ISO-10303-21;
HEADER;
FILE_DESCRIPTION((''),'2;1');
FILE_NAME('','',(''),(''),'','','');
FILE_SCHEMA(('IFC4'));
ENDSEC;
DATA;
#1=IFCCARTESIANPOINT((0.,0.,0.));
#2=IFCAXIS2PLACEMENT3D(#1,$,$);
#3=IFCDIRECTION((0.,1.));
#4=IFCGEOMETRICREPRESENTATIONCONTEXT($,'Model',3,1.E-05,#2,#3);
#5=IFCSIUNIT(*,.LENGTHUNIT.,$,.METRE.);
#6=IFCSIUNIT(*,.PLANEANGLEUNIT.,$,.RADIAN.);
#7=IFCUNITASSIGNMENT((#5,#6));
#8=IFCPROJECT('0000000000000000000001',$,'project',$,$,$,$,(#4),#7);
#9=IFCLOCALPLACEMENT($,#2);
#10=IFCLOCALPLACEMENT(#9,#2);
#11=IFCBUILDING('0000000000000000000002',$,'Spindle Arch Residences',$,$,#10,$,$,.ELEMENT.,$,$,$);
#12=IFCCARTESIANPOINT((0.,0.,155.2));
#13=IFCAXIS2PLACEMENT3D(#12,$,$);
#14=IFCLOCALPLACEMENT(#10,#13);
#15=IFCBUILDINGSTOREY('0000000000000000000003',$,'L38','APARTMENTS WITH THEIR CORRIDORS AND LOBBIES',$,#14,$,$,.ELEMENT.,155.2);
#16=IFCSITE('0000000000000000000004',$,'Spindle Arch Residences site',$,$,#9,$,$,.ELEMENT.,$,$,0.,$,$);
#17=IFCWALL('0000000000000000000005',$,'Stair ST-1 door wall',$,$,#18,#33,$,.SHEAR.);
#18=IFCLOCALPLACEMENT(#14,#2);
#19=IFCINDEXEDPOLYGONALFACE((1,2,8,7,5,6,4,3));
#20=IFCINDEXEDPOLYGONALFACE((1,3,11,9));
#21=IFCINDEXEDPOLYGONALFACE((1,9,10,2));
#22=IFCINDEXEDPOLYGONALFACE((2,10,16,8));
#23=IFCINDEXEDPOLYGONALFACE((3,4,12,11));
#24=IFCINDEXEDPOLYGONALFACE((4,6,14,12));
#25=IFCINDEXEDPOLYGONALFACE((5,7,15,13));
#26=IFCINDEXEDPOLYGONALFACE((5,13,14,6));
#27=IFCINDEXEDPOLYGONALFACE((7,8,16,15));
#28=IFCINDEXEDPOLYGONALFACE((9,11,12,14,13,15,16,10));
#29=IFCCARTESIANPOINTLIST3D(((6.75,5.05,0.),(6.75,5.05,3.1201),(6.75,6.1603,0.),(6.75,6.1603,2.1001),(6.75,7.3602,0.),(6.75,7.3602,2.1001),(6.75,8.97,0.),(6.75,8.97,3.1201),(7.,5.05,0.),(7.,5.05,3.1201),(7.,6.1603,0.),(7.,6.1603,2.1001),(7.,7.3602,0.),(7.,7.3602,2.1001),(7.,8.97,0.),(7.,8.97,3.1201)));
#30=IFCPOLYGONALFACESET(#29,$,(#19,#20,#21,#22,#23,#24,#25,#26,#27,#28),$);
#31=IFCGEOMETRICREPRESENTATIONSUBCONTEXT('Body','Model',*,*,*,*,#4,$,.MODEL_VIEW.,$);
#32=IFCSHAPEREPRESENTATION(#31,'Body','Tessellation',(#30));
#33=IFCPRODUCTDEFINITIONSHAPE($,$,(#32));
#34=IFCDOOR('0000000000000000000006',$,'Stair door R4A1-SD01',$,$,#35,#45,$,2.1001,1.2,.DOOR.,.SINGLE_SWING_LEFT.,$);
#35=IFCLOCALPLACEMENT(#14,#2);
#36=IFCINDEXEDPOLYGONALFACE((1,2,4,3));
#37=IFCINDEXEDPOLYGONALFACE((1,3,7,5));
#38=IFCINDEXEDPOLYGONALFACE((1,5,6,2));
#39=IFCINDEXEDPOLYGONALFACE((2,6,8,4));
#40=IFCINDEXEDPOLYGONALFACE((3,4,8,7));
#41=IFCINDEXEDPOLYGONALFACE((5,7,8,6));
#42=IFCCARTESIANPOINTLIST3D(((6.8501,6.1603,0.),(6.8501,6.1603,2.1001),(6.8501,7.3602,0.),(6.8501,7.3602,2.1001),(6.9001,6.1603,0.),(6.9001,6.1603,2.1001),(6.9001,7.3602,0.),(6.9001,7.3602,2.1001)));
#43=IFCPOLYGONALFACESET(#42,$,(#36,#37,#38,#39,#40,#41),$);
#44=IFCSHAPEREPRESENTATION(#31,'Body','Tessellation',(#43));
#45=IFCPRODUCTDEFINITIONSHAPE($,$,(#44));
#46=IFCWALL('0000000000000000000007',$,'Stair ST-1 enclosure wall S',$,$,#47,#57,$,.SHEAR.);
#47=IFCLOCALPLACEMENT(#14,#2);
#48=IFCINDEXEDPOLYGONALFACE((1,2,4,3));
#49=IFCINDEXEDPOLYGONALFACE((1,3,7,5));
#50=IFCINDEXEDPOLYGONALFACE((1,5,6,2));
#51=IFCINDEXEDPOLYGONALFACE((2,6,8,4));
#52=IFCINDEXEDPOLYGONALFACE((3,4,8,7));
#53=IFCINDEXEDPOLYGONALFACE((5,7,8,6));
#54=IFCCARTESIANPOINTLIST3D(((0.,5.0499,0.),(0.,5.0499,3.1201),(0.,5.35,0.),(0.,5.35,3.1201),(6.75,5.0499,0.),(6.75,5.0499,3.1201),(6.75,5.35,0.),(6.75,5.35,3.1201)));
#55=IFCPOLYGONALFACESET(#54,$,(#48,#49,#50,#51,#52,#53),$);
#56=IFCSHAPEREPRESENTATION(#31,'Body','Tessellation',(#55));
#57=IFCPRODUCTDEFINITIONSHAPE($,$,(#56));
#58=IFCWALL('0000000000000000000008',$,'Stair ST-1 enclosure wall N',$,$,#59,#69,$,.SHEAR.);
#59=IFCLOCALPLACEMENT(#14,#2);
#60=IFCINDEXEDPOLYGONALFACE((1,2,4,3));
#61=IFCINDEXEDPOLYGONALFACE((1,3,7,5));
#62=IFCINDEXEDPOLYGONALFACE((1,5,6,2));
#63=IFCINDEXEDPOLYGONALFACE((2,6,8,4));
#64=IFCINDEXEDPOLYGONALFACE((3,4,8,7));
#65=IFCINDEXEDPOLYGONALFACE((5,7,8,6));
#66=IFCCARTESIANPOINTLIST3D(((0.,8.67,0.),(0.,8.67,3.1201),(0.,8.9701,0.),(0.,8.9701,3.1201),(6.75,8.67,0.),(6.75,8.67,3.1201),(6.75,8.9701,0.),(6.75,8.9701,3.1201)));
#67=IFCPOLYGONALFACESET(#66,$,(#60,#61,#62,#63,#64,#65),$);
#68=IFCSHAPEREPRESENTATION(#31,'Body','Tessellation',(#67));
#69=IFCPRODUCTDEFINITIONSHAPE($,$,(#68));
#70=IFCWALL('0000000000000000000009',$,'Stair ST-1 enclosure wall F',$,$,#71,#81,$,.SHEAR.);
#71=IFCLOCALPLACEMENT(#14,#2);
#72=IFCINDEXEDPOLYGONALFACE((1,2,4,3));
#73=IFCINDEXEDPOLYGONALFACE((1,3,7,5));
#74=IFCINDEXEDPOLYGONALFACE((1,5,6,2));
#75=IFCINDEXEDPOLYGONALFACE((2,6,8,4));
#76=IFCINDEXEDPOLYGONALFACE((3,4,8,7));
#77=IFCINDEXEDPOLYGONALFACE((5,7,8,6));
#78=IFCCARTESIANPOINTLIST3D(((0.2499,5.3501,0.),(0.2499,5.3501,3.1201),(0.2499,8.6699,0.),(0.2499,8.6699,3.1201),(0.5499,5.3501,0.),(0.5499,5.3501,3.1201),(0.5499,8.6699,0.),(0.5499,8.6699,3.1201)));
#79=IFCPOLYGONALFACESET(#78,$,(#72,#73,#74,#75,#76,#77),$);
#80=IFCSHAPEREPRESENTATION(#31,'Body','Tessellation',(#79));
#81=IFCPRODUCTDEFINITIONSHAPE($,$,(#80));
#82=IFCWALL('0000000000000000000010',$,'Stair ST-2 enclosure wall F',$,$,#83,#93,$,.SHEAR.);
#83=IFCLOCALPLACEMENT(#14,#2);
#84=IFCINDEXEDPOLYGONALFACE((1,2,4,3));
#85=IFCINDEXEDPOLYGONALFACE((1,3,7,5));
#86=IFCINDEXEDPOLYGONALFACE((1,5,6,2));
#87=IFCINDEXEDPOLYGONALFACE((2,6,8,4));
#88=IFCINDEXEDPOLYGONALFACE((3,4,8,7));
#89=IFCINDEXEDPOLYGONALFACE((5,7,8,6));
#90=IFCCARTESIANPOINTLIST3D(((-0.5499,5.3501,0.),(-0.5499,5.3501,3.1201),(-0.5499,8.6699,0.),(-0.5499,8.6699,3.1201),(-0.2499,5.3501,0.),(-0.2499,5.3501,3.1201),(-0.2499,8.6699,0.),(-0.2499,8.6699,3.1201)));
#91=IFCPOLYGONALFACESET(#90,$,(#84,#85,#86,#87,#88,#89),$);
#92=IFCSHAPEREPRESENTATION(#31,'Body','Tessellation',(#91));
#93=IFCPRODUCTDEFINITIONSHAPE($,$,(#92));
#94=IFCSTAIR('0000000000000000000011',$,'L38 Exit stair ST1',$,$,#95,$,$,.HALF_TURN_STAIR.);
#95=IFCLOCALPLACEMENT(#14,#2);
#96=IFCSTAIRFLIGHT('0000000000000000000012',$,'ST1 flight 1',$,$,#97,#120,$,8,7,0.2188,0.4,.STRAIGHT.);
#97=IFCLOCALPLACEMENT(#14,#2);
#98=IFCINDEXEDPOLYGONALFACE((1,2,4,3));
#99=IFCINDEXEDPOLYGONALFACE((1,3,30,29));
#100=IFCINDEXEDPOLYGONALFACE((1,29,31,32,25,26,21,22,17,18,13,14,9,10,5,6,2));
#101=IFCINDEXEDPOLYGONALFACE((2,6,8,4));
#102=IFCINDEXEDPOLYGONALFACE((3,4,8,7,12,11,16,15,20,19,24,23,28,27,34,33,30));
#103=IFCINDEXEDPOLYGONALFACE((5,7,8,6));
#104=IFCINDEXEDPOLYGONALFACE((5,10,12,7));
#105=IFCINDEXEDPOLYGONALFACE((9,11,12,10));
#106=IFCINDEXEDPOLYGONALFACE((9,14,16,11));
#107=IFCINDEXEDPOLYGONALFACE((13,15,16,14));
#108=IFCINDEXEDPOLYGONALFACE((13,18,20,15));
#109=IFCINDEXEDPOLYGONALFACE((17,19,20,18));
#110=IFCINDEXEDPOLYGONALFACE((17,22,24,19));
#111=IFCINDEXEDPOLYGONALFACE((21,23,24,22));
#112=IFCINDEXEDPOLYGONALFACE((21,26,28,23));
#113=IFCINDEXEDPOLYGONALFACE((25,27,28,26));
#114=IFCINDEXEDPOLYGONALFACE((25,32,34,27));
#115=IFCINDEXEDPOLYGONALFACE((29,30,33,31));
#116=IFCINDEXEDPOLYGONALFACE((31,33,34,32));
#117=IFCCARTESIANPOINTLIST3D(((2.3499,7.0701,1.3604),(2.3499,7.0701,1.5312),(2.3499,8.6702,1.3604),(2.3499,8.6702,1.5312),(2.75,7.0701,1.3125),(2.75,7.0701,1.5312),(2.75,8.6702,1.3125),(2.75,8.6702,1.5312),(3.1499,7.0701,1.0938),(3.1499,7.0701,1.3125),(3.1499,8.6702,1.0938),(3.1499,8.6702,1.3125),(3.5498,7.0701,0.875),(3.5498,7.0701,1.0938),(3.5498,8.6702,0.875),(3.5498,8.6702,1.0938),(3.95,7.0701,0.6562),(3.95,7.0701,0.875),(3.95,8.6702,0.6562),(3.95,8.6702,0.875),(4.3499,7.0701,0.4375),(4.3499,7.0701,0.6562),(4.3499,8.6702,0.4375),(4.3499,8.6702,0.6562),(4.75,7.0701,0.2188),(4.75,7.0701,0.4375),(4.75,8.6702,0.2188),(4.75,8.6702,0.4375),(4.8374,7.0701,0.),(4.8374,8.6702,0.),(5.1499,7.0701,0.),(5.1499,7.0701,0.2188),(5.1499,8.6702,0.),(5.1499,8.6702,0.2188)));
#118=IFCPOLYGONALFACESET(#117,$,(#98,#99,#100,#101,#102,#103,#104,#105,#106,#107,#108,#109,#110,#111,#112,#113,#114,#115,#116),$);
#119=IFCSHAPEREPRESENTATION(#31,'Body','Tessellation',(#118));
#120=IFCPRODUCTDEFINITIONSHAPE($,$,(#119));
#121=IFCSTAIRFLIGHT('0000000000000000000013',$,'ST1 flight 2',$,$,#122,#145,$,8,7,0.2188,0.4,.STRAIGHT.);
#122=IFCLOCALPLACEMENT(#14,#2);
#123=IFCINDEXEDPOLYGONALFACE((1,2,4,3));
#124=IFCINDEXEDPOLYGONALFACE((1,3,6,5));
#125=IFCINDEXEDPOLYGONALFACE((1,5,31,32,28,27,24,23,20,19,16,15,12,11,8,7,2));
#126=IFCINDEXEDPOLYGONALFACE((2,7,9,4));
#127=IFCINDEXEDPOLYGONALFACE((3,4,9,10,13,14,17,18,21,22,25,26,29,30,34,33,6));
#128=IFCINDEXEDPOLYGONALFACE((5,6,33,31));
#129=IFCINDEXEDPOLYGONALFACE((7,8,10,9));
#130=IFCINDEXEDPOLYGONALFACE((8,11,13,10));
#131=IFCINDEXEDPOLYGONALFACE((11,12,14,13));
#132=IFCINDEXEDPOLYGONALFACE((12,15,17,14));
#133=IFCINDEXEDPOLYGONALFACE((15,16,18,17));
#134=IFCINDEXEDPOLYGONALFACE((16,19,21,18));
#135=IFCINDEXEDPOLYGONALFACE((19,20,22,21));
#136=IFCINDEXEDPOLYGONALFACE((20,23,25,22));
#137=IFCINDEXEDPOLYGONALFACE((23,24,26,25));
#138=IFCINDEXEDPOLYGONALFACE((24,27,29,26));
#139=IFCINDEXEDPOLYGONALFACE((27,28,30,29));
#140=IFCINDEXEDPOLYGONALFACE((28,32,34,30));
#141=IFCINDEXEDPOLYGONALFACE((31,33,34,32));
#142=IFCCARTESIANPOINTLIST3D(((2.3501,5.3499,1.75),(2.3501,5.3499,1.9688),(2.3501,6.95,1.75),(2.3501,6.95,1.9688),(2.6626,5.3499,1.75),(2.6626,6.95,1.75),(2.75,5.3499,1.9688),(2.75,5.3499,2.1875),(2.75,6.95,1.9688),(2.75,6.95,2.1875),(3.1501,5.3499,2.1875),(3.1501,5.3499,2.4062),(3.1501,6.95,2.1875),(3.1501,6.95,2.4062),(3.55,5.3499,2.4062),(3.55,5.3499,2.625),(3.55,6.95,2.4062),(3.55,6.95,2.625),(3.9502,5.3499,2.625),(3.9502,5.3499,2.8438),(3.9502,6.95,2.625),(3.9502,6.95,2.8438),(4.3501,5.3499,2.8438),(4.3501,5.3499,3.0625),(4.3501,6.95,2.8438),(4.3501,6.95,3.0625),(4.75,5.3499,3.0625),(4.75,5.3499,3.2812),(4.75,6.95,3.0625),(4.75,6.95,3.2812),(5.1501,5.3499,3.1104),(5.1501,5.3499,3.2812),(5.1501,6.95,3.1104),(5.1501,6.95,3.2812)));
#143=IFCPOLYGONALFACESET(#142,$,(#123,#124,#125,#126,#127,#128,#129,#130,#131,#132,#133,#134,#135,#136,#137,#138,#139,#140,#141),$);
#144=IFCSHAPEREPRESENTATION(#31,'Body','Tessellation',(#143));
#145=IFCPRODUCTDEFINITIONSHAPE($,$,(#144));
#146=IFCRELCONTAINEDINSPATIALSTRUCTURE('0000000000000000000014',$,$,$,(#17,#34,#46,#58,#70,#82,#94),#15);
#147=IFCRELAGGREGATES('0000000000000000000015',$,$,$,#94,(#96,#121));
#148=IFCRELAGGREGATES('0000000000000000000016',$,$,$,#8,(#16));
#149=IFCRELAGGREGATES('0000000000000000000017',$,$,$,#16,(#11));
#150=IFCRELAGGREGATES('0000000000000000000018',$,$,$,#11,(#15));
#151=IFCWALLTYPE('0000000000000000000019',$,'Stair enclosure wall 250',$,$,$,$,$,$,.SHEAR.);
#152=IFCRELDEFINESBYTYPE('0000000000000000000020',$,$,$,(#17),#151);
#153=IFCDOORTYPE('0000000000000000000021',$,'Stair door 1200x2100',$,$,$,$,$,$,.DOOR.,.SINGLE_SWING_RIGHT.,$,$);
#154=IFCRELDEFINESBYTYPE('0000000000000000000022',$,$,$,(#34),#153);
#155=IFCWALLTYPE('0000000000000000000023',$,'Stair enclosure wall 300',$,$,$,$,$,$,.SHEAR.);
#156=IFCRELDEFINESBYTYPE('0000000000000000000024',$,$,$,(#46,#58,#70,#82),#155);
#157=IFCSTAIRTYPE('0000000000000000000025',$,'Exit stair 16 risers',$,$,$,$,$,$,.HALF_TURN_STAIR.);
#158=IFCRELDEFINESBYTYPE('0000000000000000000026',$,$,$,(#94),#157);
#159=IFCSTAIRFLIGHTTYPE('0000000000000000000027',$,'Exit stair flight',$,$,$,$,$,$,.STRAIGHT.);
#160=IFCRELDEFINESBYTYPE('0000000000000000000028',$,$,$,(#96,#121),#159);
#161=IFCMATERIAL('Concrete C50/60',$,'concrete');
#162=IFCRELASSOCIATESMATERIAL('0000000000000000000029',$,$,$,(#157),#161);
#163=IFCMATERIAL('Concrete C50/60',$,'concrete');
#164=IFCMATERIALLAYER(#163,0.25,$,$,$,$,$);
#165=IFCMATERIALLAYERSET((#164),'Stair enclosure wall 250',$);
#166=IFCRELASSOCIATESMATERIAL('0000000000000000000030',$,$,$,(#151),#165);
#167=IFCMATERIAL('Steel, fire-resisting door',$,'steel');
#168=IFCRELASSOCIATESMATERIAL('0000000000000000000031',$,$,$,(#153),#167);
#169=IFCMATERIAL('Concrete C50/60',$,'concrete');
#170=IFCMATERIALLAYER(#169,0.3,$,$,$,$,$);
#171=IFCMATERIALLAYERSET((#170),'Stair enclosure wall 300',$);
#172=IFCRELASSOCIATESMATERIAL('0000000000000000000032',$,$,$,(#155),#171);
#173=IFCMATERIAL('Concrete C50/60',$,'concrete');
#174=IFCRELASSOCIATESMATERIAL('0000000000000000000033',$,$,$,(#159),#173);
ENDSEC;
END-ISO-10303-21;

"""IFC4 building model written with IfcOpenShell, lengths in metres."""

from ifc_helpers import new_model, si_unit, direction, frame, frame_2d, origin, place, context, subcontext, project, spatial, polyline, rectangle, outline, extrude, material, layer, layer_set, type_object, element, fill, aggregate, save


model = new_model("IFC4")

# Units and contexts
model_context = context("Model", 3, precision=1e-05, world=origin(), true_north=direction((0.0, 1.0)))
body_context = subcontext(model_context, "Body", "Model", "MODEL_VIEW")
ifc_project = project(units=[si_unit("LENGTHUNIT", "METRE"), si_unit("PLANEANGLEUNIT", "RADIAN")], contexts=[model_context])

# Site, building, storey
site_placement = place(None, origin())
site = spatial("IfcSite", under=ifc_project, at=site_placement, Name="Spindle Arch Residences site", CompositionType="ELEMENT", RefElevation=0.0)
building_placement = place(site_placement, origin())
building = spatial("IfcBuilding", under=site, at=building_placement, Name="Spindle Arch Residences", CompositionType="ELEMENT")
storey_placement = place(building_placement, frame((0.0, 0.0, 155.2)))
storey = spatial("IfcBuildingStorey", under=building, at=storey_placement, Name="L38", Description="APARTMENTS WITH THEIR CORRIDORS AND LOBBIES", CompositionType="ELEMENT", Elevation=155.2)

# Shared definitions
ifc_material_1 = material(Name="Concrete C50/60", Category="concrete")
stair_type = type_object("IfcStairType", Name="Exit stair 16 risers", PredefinedType="HALF_TURN_STAIR", material=ifc_material_1)

# Wall, opening, door
ifc_material_2 = material(Name="Concrete C50/60", Category="concrete")
ifc_layer_1 = layer(ifc_material_2, 0.25)
ifc_layer_set_1 = layer_set([ifc_layer_1], Name="Stair enclosure wall 250")
wall_type_1 = type_object("IfcWallType", Name="Stair enclosure wall 250", PredefinedType="SHEAR", material=ifc_layer_set_1)
wall_1_placement = place(storey_placement, frame((6.875, 5.05, 0.0), z_axis=(0.0, 0.0, 1.0), x_axis=(0.0, 1.0, 0.0)))
wall_1 = element("IfcWall", 1, at=wall_1_placement, inside=storey, type_object=wall_type_1, Name="Stair ST-1 door wall", PredefinedType="SHEAR", context=body_context, shape_type="SweptSolid", body=[
    extrude(rectangle(XDim=3.9199, YDim=0.25, at=frame_2d((1.96, 0.0))), origin(), (0.0, 0.0, 1.0), 3.1201),
])
opening_1_placement = place(wall_1_placement, frame((1.1101, 0.0, 0.0)))
opening_1 = element("IfcOpeningElement", 2, at=opening_1_placement, cuts=wall_1, PredefinedType="OPENING", context=body_context, shape_type="SweptSolid", body=[
    extrude(rectangle(XDim=1.2, YDim=2.1001, at=frame_2d((0.6001, 1.05))), frame((0.0, 0.135, 0.0), z_axis=(0.0, -1.0, 0.0), x_axis=(1.0, 0.0, 0.0)), (0.0, 0.0, 1.0), 0.27),
])
ifc_material_3 = material(Name="Steel, fire-resisting door", Category="steel")
door_type_1 = type_object("IfcDoorType", Name="Stair door 1200x2100", OperationType="SINGLE_SWING_RIGHT", PredefinedType="DOOR", material=ifc_material_3)
door_1_placement = place(opening_1_placement, origin())
door_1 = element("IfcDoor", 3, at=door_1_placement, inside=storey, type_object=door_type_1, Name="Stair door R4A1-SD01", OperationType="SINGLE_SWING_LEFT", OverallHeight=2.1001, OverallWidth=1.2, PredefinedType="DOOR", context=body_context, shape_type="SweptSolid", body=[
    extrude(rectangle(XDim=1.2, YDim=2.1001, at=frame_2d((0.6001, 1.05))), frame((0.0, 0.0249, 0.0), z_axis=(0.0, -1.0, 0.0), x_axis=(1.0, 0.0, 0.0)), (0.0, 0.0, 1.0), 0.05),
])
fill(opening_1, door_1)

# Walls
ifc_material_4 = material(Name="Concrete C50/60", Category="concrete")
ifc_layer_2 = layer(ifc_material_4, 0.3)
ifc_layer_set_2 = layer_set([ifc_layer_2], Name="Stair enclosure wall 300")
wall_type_2 = type_object("IfcWallType", Name="Stair enclosure wall 300", PredefinedType="SHEAR", material=ifc_layer_set_2)
for number, where, z_axis, x_axis, name in (
    (4, (0.0, 5.2, 0.0), (0.0, 0.0, 1.0), (1.0, 0.0, 0.0), "Stair ST-1 enclosure wall S"),
    (5, (0.0, 8.8201, 0.0), (0.0, 0.0, 1.0), (1.0, 0.0, 0.0), "Stair ST-1 enclosure wall N"),
):
    element("IfcWall", number, at=place(storey_placement, frame(where, z_axis=z_axis, x_axis=x_axis)), inside=storey, type_object=wall_type_2, Name=name, PredefinedType="SHEAR", context=body_context, shape_type="SweptSolid", body=[
        extrude(rectangle(XDim=6.75, YDim=0.3, at=frame_2d((3.375, 0.0))), origin(), (0.0, 0.0, 1.0), 3.1201),
    ])
for number, where, z_axis, x_axis, name in (
    (6, (0.3999, 5.3501, 0.0), (0.0, 0.0, 1.0), (0.0, 1.0, 0.0), "Stair ST-1 enclosure wall F"),
    (7, (-0.3999, 5.3501, 0.0), (0.0, 0.0, 1.0), (0.0, 1.0, 0.0), "Stair ST-2 enclosure wall F"),
):
    element("IfcWall", number, at=place(storey_placement, frame(where, z_axis=z_axis, x_axis=x_axis)), inside=storey, type_object=wall_type_2, Name=name, PredefinedType="SHEAR", context=body_context, shape_type="SweptSolid", body=[
        extrude(rectangle(XDim=3.3198, YDim=0.3, at=frame_2d((1.6599, 0.0))), origin(), (0.0, 0.0, 1.0), 3.1201),
    ])

# Stair, stair flights
stair_1_placement = place(storey_placement, origin())
stair_1 = element("IfcStair", 8, at=stair_1_placement, inside=storey, type_object=stair_type, Name="L38 Exit stair ST1", PredefinedType="HALF_TURN_STAIR")
ifc_material_5 = material(Name="Concrete C50/60", Category="concrete")
stair_flight_type = type_object("IfcStairFlightType", Name="Exit stair flight", PredefinedType="STRAIGHT", material=ifc_material_5)
stair_flight_1_placement = place(storey_placement, frame((5.1499, 7.8701, 0.0), z_axis=(0.0, 0.0, 1.0), x_axis=(-1.0, 0.0, 0.0)))
stair_flight_1 = element("IfcStairFlight", 9, at=stair_flight_1_placement, type_object=stair_flight_type, Name="ST1 flight 1", NumberOfRisers=8, NumberOfTreads=7, PredefinedType="STRAIGHT", RiserHeight=0.2188, TreadLength=0.4, context=body_context, shape_type="SweptSolid", body=[
    extrude(outline(polyline([(0.0, 0.0), (0.0, 0.2188), (0.3999, 0.2188), (0.3999, 0.4375), (0.8, 0.4375), (0.8, 0.6562), (1.2, 0.6562), (1.2, 0.875), (1.6001, 0.875), (1.6001, 1.0938), (2.0, 1.0938), (2.0, 1.3125), (2.3999, 1.3125), (2.3999, 1.5312), (2.8, 1.5312), (2.8, 1.75), (2.8, 1.3604), (0.3125, 0.0), (0.0, 0.0)])), frame((0.0, 0.8, 0.0), z_axis=(0.0, -1.0, 0.0), x_axis=(1.0, 0.0, 0.0)), (0.0, 0.0, 1.0), 1.6001),
])
stair_flight_2_placement = place(storey_placement, frame((2.3501, 6.1499, 1.75), z_axis=(0.0, 0.0, 1.0), x_axis=(1.0, 0.0, 0.0)))
stair_flight_2 = element("IfcStairFlight", 10, at=stair_flight_2_placement, type_object=stair_flight_type, Name="ST1 flight 2", NumberOfRisers=8, NumberOfTreads=7, PredefinedType="STRAIGHT", RiserHeight=0.2188, TreadLength=0.4, context=body_context, shape_type="SweptSolid", body=[
    extrude(outline(polyline([(0.0, 0.0), (0.0, 0.2188), (0.3999, 0.2188), (0.3999, 0.4375), (0.8, 0.4375), (0.8, 0.6562), (1.2, 0.6562), (1.2, 0.875), (1.6001, 0.875), (1.6001, 1.0938), (2.0, 1.0938), (2.0, 1.3125), (2.3999, 1.3125), (2.3999, 1.5312), (2.8, 1.5312), (2.8, 1.75), (2.8, 1.3604), (0.3125, 0.0), (0.0, 0.0)])), frame((0.0, 0.8, 0.0), z_axis=(0.0, -1.0, 0.0), x_axis=(1.0, 0.0, 0.0)), (0.0, 0.0, 1.0), 1.6001),
])
aggregate(stair_1, [stair_flight_1, stair_flight_2])

save(model, "model.ifc")
